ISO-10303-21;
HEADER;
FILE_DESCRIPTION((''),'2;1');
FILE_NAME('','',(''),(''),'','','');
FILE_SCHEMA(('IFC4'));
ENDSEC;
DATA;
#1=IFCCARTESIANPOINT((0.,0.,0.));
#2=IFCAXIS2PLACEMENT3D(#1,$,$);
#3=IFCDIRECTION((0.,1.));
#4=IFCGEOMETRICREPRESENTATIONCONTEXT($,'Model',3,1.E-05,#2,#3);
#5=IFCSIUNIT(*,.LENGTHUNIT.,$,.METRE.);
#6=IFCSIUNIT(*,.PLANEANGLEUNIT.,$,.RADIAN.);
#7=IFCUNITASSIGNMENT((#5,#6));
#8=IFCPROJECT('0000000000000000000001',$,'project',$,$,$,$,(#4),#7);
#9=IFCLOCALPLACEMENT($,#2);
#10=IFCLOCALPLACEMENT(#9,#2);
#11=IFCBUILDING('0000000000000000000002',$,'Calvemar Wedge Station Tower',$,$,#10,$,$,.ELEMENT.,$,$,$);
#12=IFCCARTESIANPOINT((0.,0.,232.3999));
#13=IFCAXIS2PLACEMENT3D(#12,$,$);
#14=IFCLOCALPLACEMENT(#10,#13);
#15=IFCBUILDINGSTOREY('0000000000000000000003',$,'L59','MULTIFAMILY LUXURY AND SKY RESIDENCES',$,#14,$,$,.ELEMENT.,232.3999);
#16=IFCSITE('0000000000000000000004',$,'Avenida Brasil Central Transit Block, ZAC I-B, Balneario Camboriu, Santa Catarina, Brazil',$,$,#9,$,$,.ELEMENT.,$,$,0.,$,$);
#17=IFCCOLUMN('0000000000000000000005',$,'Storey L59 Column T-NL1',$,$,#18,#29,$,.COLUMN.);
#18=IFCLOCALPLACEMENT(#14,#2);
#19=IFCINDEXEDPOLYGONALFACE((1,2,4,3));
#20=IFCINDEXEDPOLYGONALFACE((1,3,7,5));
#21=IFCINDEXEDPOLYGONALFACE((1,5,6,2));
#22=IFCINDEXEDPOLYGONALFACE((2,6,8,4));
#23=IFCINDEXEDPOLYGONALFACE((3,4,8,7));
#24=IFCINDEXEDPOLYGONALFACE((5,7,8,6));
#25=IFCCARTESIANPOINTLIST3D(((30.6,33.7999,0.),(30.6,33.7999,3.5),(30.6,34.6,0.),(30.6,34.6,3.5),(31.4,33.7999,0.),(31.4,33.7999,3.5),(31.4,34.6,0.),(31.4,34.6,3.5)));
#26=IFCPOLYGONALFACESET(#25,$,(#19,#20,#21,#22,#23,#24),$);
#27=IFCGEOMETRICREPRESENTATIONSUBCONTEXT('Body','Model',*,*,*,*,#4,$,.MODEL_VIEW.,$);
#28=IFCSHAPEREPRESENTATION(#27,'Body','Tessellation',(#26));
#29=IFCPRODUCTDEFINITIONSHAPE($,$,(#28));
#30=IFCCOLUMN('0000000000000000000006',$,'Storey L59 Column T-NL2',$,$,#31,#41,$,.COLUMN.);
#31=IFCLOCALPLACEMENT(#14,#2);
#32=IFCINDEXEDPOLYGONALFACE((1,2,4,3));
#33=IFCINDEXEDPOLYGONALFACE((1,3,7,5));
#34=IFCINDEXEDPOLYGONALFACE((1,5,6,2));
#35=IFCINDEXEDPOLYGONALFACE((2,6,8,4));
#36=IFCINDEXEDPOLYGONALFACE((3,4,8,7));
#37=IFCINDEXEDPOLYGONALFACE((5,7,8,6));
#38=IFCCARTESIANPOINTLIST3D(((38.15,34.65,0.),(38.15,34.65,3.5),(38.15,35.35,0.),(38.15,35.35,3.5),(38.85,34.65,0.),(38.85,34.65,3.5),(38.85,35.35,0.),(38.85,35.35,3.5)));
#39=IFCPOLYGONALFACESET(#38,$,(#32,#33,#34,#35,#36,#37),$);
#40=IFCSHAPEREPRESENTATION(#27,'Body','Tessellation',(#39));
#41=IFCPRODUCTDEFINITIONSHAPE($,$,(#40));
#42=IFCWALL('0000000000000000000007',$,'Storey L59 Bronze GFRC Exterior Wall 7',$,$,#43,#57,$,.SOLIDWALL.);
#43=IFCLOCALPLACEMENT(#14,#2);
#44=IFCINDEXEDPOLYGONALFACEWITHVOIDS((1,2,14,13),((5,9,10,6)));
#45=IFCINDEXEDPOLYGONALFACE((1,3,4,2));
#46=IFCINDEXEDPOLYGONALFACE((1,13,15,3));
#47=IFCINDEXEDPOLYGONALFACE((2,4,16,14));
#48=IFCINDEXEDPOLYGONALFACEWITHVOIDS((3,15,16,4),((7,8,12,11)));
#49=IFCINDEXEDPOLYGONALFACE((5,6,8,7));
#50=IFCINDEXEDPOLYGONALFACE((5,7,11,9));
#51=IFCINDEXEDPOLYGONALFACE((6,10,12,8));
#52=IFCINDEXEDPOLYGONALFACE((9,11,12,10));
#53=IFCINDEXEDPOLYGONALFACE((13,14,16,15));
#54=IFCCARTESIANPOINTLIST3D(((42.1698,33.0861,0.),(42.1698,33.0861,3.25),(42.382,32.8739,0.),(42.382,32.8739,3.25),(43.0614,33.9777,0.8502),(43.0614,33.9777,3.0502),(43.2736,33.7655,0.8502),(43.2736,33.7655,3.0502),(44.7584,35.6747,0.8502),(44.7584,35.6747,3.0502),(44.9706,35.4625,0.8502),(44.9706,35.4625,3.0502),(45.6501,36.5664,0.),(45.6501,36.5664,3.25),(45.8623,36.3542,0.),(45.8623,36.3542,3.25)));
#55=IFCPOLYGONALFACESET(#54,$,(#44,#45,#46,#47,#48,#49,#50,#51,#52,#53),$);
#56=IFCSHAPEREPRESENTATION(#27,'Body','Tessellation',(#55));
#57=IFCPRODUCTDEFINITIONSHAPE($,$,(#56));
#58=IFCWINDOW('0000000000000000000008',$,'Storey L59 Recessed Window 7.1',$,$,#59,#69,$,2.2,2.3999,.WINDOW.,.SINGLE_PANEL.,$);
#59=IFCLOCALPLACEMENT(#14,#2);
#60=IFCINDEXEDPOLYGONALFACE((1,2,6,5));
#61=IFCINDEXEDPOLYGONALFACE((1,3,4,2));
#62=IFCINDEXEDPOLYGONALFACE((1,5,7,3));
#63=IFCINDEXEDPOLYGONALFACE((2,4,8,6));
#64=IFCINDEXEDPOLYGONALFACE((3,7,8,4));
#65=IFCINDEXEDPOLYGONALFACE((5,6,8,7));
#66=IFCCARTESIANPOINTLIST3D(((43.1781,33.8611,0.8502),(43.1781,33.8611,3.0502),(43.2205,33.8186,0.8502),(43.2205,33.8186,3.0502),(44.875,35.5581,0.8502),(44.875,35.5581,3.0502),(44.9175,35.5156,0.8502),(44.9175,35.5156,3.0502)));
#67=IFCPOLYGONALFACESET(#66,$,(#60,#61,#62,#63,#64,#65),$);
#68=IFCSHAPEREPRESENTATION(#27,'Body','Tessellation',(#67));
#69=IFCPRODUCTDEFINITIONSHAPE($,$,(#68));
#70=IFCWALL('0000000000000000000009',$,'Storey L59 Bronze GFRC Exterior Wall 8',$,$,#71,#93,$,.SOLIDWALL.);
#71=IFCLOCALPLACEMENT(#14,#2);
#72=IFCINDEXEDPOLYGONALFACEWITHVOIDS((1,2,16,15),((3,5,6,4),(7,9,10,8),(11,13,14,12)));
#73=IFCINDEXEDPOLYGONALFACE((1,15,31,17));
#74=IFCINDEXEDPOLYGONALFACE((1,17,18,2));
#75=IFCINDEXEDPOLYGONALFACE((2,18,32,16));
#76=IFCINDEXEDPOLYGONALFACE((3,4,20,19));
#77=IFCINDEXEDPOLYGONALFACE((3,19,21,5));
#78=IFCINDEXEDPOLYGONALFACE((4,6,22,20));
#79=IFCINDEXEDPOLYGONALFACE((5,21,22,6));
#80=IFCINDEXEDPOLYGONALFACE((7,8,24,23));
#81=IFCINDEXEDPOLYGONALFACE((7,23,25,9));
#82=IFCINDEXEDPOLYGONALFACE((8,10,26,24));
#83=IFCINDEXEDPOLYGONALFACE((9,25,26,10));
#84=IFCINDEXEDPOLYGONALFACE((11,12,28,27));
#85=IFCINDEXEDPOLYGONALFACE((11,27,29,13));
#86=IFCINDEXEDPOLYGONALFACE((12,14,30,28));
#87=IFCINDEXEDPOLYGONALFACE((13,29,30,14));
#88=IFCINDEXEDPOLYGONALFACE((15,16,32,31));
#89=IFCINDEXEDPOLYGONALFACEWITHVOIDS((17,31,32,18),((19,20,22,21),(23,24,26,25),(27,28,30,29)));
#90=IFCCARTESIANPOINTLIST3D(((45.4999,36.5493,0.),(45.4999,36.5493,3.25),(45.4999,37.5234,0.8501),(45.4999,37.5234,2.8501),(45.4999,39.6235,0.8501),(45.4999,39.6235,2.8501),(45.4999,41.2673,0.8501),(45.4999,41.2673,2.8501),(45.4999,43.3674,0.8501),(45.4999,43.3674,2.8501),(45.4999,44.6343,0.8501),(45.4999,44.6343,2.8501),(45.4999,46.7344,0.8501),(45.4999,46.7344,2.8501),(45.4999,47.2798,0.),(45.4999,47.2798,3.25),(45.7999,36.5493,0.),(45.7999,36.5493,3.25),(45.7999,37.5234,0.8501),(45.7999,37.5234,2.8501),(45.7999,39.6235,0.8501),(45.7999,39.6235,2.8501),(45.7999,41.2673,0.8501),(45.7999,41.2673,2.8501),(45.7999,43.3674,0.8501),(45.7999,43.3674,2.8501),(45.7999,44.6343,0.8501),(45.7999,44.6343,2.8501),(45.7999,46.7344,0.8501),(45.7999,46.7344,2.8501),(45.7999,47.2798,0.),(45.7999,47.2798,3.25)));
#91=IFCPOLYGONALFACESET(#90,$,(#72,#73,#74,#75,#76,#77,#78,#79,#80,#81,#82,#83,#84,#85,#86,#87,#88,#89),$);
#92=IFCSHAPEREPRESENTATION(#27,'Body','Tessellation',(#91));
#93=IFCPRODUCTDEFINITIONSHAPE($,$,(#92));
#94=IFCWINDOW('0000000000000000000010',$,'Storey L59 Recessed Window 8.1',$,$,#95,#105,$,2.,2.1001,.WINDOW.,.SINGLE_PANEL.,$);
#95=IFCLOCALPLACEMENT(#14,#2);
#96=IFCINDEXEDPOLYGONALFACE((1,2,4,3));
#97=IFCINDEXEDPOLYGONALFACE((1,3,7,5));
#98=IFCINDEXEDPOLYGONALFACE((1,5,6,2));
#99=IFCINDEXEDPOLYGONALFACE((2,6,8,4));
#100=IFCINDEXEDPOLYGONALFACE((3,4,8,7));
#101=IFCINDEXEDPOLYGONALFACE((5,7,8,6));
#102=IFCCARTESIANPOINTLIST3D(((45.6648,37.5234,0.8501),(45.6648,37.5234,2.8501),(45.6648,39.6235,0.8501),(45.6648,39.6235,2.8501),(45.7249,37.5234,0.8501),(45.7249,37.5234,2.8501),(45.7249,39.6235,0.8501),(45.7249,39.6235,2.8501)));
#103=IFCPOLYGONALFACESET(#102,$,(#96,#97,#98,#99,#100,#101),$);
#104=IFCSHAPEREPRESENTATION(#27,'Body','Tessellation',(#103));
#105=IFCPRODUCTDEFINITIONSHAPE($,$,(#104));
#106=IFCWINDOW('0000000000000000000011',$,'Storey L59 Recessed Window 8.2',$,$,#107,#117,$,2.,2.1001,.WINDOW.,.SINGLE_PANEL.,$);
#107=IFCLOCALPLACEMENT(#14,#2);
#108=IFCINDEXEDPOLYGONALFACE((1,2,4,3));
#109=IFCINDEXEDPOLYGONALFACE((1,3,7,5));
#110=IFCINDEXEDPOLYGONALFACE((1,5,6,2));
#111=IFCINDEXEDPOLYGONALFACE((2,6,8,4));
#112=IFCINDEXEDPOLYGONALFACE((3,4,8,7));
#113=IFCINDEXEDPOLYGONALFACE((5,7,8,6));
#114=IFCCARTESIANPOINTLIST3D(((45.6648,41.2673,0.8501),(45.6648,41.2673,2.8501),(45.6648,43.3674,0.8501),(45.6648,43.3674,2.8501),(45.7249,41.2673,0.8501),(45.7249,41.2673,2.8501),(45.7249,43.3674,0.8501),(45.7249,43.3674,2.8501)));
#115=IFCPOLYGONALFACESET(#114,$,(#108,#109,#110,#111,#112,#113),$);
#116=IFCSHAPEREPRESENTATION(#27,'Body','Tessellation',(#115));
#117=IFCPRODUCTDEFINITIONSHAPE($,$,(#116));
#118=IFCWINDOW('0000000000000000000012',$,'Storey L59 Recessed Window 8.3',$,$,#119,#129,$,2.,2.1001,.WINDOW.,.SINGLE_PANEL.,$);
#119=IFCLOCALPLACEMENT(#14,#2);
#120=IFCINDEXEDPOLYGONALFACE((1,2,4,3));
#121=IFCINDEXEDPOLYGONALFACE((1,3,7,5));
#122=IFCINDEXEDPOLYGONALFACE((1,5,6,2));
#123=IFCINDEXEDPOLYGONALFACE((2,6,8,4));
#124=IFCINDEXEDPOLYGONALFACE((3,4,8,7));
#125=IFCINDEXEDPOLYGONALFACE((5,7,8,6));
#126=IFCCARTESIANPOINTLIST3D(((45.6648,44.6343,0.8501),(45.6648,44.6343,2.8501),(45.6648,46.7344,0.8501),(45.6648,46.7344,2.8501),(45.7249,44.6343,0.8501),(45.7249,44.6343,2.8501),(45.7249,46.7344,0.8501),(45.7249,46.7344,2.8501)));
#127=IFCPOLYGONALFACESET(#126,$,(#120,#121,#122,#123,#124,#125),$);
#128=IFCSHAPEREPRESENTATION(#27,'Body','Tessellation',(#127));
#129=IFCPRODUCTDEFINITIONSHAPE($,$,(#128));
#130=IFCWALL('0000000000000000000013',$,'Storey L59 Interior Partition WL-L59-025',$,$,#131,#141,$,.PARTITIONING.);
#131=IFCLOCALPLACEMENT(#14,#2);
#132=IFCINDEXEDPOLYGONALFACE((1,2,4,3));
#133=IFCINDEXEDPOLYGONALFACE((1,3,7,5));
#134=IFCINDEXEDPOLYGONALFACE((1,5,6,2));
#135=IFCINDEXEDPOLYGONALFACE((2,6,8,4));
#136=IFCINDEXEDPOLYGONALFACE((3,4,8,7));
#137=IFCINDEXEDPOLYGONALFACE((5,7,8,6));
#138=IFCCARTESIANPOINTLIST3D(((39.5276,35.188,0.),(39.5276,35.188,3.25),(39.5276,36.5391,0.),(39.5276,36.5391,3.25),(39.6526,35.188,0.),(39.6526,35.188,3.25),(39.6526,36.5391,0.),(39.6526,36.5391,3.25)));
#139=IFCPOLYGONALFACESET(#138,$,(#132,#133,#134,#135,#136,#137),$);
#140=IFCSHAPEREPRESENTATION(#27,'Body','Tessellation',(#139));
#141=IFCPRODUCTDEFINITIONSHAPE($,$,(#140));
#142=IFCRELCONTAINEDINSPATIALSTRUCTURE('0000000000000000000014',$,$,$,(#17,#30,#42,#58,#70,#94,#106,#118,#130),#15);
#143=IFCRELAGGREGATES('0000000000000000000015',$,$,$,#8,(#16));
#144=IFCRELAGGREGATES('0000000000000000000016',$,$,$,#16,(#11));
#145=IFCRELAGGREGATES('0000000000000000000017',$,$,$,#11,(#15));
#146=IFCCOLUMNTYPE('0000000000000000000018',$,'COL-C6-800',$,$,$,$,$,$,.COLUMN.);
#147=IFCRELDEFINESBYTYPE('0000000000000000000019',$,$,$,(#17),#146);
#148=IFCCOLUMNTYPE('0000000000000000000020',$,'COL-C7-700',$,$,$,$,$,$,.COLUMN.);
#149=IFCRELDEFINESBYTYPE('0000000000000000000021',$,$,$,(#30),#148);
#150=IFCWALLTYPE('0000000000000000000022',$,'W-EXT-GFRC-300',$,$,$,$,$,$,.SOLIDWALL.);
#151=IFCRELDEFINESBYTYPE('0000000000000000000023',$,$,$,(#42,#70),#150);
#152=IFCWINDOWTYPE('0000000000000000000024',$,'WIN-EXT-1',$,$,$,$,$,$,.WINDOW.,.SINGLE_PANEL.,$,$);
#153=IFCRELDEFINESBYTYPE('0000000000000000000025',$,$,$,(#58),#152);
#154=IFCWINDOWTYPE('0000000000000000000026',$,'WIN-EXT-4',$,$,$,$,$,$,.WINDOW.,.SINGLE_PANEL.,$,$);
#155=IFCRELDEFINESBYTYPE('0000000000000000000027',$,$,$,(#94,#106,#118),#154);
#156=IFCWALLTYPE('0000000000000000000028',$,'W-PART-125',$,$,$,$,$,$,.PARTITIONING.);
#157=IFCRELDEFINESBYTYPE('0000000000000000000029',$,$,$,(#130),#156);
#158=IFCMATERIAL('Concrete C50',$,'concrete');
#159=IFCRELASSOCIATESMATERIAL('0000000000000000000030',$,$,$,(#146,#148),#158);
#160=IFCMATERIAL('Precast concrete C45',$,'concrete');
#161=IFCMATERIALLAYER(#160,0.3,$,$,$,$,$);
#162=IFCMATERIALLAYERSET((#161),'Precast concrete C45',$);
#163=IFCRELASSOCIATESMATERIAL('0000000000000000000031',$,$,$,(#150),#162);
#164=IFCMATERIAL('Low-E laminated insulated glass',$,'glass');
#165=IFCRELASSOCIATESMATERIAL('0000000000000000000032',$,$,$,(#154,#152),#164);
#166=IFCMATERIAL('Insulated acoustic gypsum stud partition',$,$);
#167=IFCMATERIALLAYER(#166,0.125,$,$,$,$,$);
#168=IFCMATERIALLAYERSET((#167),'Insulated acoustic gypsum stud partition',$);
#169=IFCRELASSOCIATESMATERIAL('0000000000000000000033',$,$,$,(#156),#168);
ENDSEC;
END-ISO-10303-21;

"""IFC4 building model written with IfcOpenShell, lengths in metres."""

from ifc_helpers import new_model, si_unit, direction, frame, frame_2d, origin, origin_2d, place, context, subcontext, project, spatial, rectangle, extrude, source, transform, mapped, material, layer, layer_set, material_profile, profile_set, type_object, element, fill, save


model = new_model("IFC4")

# Units and contexts
model_context = context("Model", 3, precision=1e-05, world=origin(), true_north=direction((0.0, 1.0)))
body_context = subcontext(model_context, "Body", "Model", "MODEL_VIEW")
ifc_project = project(units=[si_unit("LENGTHUNIT", "METRE"), si_unit("PLANEANGLEUNIT", "RADIAN")], contexts=[model_context])

# Site, building, storey
site_placement = place(None, origin())
site = spatial("IfcSite", under=ifc_project, at=site_placement, Name="Avenida Brasil Central Transit Block, ZAC I-B, Balneario Camboriu, Santa Catarina, Brazil", CompositionType="ELEMENT", RefElevation=0.0)
building_placement = place(site_placement, origin())
building = spatial("IfcBuilding", under=site, at=building_placement, Name="Calvemar Wedge Station Tower", CompositionType="ELEMENT")
storey_placement = place(building_placement, frame((0.0, 0.0, 232.3999)))
storey = spatial("IfcBuildingStorey", under=building, at=storey_placement, Name="L59", Description="MULTIFAMILY LUXURY AND SKY RESIDENCES", CompositionType="ELEMENT", Elevation=232.3999)

# Columns
ifc_material_1 = material(Name="Concrete C50", Category="concrete")
ifc_material_profile_1 = material_profile(ifc_material_1, rectangle(XDim=0.8, YDim=0.8, at=origin_2d()), Name="RC800x800")
ifc_profile_set_1 = profile_set([ifc_material_profile_1], Name="Concrete C50")
column_type_1 = type_object("IfcColumnType", Name="COL-C6-800", PredefinedType="COLUMN", material=ifc_profile_set_1)
shared_shape_1 = source(origin(), body_context, "Body", "SweptSolid", [
    extrude(rectangle(XDim=0.8, YDim=0.8, at=origin_2d()), origin(), (0.0, 0.0, 1.0), 3.5),
])
column_1_placement = place(storey_placement, frame((31.0, 34.2, 0.0), z_axis=(0.0, 0.0, 1.0), x_axis=(1.0, 0.0, 0.0)))
element("IfcColumn", 1, at=column_1_placement, inside=storey, type_object=column_type_1, Name="Storey L59 Column T-NL1", PredefinedType="COLUMN", context=body_context, shape_type="MappedRepresentation", body=[
    mapped(shared_shape_1, transform((0.0, 0.0, 0.0), scale=1.0)),
])
ifc_material_profile_2 = material_profile(ifc_material_1, rectangle(XDim=0.7, YDim=0.7, at=origin_2d()), Name="RC700x700")
ifc_profile_set_2 = profile_set([ifc_material_profile_2], Name="Concrete C50")
column_type_2 = type_object("IfcColumnType", Name="COL-C7-700", PredefinedType="COLUMN", material=ifc_profile_set_2)
shared_shape_2 = source(origin(), body_context, "Body", "SweptSolid", [
    extrude(rectangle(XDim=0.7, YDim=0.7, at=origin_2d()), origin(), (0.0, 0.0, 1.0), 3.5),
])
column_2_placement = place(storey_placement, frame((38.5, 35.0, 0.0), z_axis=(0.0, 0.0, 1.0), x_axis=(1.0, 0.0, 0.0)))
element("IfcColumn", 2, at=column_2_placement, inside=storey, type_object=column_type_2, Name="Storey L59 Column T-NL2", PredefinedType="COLUMN", context=body_context, shape_type="MappedRepresentation", body=[
    mapped(shared_shape_2, transform((0.0, 0.0, 0.0), scale=1.0)),
])

# Shared definitions
ifc_material_2 = material(Name="Precast concrete C45", Category="concrete")
ifc_layer_1 = layer(ifc_material_2, 0.3)
ifc_layer_set_1 = layer_set([ifc_layer_1], Name="Precast concrete C45")
wall_type_1 = type_object("IfcWallType", Name="W-EXT-GFRC-300", PredefinedType="SOLIDWALL", material=ifc_layer_set_1)
shared_shape_3 = source(origin(), body_context, "Body", "SweptSolid", [
    extrude(rectangle(XDim=2.1001, YDim=2.0, at=frame_2d((1.05, 1.0))), frame((0.0, 0.1602, 0.0), z_axis=(0.0, -1.0, 0.0), x_axis=(1.0, 0.0, 0.0)), (0.0, 0.0, 1.0), 0.3201),
])
ifc_material_3 = material(Name="Low-E laminated insulated glass", Category="glass")
window_type_1 = type_object("IfcWindowType", Name="WIN-EXT-4", PartitioningType="SINGLE_PANEL", PredefinedType="WINDOW", material=ifc_material_3)
shared_shape_4 = source(origin(), body_context, "Body", "SweptSolid", [
    extrude(rectangle(XDim=2.1001, YDim=2.0, at=frame_2d((1.05, 1.0))), frame((0.0, -0.0149, 0.0), z_axis=(0.0, -1.0, 0.0), x_axis=(1.0, 0.0, 0.0)), (0.0, 0.0, 1.0), 0.0601),
])

# Wall, opening, window
wall_1_placement = place(storey_placement, frame((42.2759, 32.98, 0.0), z_axis=(0.0, 0.0, 1.0), x_axis=(0.707107, 0.707107, 0.0)))
wall_1 = element("IfcWall", 3, at=wall_1_placement, inside=storey, type_object=wall_type_1, Name="Storey L59 Bronze GFRC Exterior Wall 7", PredefinedType="SOLIDWALL", context=body_context, shape_type="SweptSolid", body=[
    extrude(rectangle(XDim=4.9219, YDim=0.3, at=frame_2d((2.4609, 0.0))), origin(), (0.0, 0.0, 1.0), 3.25),
])
shared_shape_5 = source(origin(), body_context, "Body", "SweptSolid", [
    extrude(rectangle(XDim=2.3999, YDim=2.2, at=frame_2d((1.2, 1.1001))), frame((0.0, 0.1602, 0.0), z_axis=(0.0, -1.0, 0.0), x_axis=(1.0, 0.0, 0.0)), (0.0, 0.0, 1.0), 0.3201),
])
opening_1_placement = place(wall_1_placement, frame((1.261, 0.0, 0.8501)))
opening_1 = element("IfcOpeningElement", 4, at=opening_1_placement, cuts=wall_1, PredefinedType="OPENING", context=body_context, shape_type="MappedRepresentation", body=[
    mapped(shared_shape_5, transform((0.0, 0.0, 0.0), scale=1.0)),
])
window_type_2 = type_object("IfcWindowType", Name="WIN-EXT-1", PartitioningType="SINGLE_PANEL", PredefinedType="WINDOW", material=ifc_material_3)
shared_shape_6 = source(origin(), body_context, "Body", "SweptSolid", [
    extrude(rectangle(XDim=2.3999, YDim=2.2, at=frame_2d((1.2, 1.1001))), frame((0.0, -0.0149, 0.0), z_axis=(0.0, -1.0, 0.0), x_axis=(1.0, 0.0, 0.0)), (0.0, 0.0, 1.0), 0.0601),
])
window_1_placement = place(opening_1_placement, origin())
window_1 = element("IfcWindow", 5, at=window_1_placement, inside=storey, type_object=window_type_2, Name="Storey L59 Recessed Window 7.1", OverallHeight=2.2, OverallWidth=2.3999, PartitioningType="SINGLE_PANEL", PredefinedType="WINDOW", context=body_context, shape_type="MappedRepresentation", body=[
    mapped(shared_shape_6, transform((0.0, 0.0, 0.0), scale=1.0)),
])
fill(opening_1, window_1)

# Wall, openings, windows
wall_2_placement = place(storey_placement, frame((45.6499, 36.5493, 0.0), z_axis=(0.0, 0.0, 1.0), x_axis=(0.0, 1.0, 0.0)))
wall_2 = element("IfcWall", 6, at=wall_2_placement, inside=storey, type_object=wall_type_1, Name="Storey L59 Bronze GFRC Exterior Wall 8", PredefinedType="SOLIDWALL", context=body_context, shape_type="SweptSolid", body=[
    extrude(rectangle(XDim=10.7305, YDim=0.3, at=frame_2d((5.3652, 0.0))), origin(), (0.0, 0.0, 1.0), 3.25),
])
opening_2_placement = place(wall_2_placement, frame((0.9741, 0.0, 0.8501)))
opening_2 = element("IfcOpeningElement", 7, at=opening_2_placement, cuts=wall_2, PredefinedType="OPENING", context=body_context, shape_type="MappedRepresentation", body=[
    mapped(shared_shape_3, transform((0.0, 0.0, 0.0), scale=1.0)),
])
opening_3_placement = place(wall_2_placement, frame((4.718, 0.0, 0.8501)))
opening_3 = element("IfcOpeningElement", 8, at=opening_3_placement, cuts=wall_2, PredefinedType="OPENING", context=body_context, shape_type="MappedRepresentation", body=[
    mapped(shared_shape_3, transform((0.0, 0.0, 0.0), scale=1.0)),
])
opening_4_placement = place(wall_2_placement, frame((8.085, 0.0, 0.8501)))
opening_4 = element("IfcOpeningElement", 9, at=opening_4_placement, cuts=wall_2, PredefinedType="OPENING", context=body_context, shape_type="MappedRepresentation", body=[
    mapped(shared_shape_3, transform((0.0, 0.0, 0.0), scale=1.0)),
])
window_2_placement = place(opening_2_placement, origin())
window_2 = element("IfcWindow", 10, at=window_2_placement, inside=storey, type_object=window_type_1, Name="Storey L59 Recessed Window 8.1", OverallHeight=2.0, OverallWidth=2.1001, PartitioningType="SINGLE_PANEL", PredefinedType="WINDOW", context=body_context, shape_type="MappedRepresentation", body=[
    mapped(shared_shape_4, transform((0.0, 0.0, 0.0), scale=1.0)),
])
fill(opening_2, window_2)
window_3_placement = place(opening_3_placement, origin())
window_3 = element("IfcWindow", 11, at=window_3_placement, inside=storey, type_object=window_type_1, Name="Storey L59 Recessed Window 8.2", OverallHeight=2.0, OverallWidth=2.1001, PartitioningType="SINGLE_PANEL", PredefinedType="WINDOW", context=body_context, shape_type="MappedRepresentation", body=[
    mapped(shared_shape_4, transform((0.0, 0.0, 0.0), scale=1.0)),
])
fill(opening_3, window_3)
window_4_placement = place(opening_4_placement, origin())
window_4 = element("IfcWindow", 12, at=window_4_placement, inside=storey, type_object=window_type_1, Name="Storey L59 Recessed Window 8.3", OverallHeight=2.0, OverallWidth=2.1001, PartitioningType="SINGLE_PANEL", PredefinedType="WINDOW", context=body_context, shape_type="MappedRepresentation", body=[
    mapped(shared_shape_4, transform((0.0, 0.0, 0.0), scale=1.0)),
])
fill(opening_4, window_4)

# Wall
ifc_material_4 = material(Name="Insulated acoustic gypsum stud partition")
ifc_layer_2 = layer(ifc_material_4, 0.125)
ifc_layer_set_2 = layer_set([ifc_layer_2], Name="Insulated acoustic gypsum stud partition")
wall_type_2 = type_object("IfcWallType", Name="W-PART-125", PredefinedType="PARTITIONING", material=ifc_layer_set_2)
wall_3_placement = place(storey_placement, frame((39.5901, 36.5391, 0.0), z_axis=(0.0, 0.0, 1.0), x_axis=(0.0, -1.0, 0.0)))
element("IfcWall", 13, at=wall_3_placement, inside=storey, type_object=wall_type_2, Name="Storey L59 Interior Partition WL-L59-025", PredefinedType="PARTITIONING", context=body_context, shape_type="SweptSolid", body=[
    extrude(rectangle(XDim=1.3511, YDim=0.125, at=frame_2d((0.6755, 0.0))), origin(), (0.0, 0.0, 1.0), 3.25),
])

save(model, "model.ifc")
